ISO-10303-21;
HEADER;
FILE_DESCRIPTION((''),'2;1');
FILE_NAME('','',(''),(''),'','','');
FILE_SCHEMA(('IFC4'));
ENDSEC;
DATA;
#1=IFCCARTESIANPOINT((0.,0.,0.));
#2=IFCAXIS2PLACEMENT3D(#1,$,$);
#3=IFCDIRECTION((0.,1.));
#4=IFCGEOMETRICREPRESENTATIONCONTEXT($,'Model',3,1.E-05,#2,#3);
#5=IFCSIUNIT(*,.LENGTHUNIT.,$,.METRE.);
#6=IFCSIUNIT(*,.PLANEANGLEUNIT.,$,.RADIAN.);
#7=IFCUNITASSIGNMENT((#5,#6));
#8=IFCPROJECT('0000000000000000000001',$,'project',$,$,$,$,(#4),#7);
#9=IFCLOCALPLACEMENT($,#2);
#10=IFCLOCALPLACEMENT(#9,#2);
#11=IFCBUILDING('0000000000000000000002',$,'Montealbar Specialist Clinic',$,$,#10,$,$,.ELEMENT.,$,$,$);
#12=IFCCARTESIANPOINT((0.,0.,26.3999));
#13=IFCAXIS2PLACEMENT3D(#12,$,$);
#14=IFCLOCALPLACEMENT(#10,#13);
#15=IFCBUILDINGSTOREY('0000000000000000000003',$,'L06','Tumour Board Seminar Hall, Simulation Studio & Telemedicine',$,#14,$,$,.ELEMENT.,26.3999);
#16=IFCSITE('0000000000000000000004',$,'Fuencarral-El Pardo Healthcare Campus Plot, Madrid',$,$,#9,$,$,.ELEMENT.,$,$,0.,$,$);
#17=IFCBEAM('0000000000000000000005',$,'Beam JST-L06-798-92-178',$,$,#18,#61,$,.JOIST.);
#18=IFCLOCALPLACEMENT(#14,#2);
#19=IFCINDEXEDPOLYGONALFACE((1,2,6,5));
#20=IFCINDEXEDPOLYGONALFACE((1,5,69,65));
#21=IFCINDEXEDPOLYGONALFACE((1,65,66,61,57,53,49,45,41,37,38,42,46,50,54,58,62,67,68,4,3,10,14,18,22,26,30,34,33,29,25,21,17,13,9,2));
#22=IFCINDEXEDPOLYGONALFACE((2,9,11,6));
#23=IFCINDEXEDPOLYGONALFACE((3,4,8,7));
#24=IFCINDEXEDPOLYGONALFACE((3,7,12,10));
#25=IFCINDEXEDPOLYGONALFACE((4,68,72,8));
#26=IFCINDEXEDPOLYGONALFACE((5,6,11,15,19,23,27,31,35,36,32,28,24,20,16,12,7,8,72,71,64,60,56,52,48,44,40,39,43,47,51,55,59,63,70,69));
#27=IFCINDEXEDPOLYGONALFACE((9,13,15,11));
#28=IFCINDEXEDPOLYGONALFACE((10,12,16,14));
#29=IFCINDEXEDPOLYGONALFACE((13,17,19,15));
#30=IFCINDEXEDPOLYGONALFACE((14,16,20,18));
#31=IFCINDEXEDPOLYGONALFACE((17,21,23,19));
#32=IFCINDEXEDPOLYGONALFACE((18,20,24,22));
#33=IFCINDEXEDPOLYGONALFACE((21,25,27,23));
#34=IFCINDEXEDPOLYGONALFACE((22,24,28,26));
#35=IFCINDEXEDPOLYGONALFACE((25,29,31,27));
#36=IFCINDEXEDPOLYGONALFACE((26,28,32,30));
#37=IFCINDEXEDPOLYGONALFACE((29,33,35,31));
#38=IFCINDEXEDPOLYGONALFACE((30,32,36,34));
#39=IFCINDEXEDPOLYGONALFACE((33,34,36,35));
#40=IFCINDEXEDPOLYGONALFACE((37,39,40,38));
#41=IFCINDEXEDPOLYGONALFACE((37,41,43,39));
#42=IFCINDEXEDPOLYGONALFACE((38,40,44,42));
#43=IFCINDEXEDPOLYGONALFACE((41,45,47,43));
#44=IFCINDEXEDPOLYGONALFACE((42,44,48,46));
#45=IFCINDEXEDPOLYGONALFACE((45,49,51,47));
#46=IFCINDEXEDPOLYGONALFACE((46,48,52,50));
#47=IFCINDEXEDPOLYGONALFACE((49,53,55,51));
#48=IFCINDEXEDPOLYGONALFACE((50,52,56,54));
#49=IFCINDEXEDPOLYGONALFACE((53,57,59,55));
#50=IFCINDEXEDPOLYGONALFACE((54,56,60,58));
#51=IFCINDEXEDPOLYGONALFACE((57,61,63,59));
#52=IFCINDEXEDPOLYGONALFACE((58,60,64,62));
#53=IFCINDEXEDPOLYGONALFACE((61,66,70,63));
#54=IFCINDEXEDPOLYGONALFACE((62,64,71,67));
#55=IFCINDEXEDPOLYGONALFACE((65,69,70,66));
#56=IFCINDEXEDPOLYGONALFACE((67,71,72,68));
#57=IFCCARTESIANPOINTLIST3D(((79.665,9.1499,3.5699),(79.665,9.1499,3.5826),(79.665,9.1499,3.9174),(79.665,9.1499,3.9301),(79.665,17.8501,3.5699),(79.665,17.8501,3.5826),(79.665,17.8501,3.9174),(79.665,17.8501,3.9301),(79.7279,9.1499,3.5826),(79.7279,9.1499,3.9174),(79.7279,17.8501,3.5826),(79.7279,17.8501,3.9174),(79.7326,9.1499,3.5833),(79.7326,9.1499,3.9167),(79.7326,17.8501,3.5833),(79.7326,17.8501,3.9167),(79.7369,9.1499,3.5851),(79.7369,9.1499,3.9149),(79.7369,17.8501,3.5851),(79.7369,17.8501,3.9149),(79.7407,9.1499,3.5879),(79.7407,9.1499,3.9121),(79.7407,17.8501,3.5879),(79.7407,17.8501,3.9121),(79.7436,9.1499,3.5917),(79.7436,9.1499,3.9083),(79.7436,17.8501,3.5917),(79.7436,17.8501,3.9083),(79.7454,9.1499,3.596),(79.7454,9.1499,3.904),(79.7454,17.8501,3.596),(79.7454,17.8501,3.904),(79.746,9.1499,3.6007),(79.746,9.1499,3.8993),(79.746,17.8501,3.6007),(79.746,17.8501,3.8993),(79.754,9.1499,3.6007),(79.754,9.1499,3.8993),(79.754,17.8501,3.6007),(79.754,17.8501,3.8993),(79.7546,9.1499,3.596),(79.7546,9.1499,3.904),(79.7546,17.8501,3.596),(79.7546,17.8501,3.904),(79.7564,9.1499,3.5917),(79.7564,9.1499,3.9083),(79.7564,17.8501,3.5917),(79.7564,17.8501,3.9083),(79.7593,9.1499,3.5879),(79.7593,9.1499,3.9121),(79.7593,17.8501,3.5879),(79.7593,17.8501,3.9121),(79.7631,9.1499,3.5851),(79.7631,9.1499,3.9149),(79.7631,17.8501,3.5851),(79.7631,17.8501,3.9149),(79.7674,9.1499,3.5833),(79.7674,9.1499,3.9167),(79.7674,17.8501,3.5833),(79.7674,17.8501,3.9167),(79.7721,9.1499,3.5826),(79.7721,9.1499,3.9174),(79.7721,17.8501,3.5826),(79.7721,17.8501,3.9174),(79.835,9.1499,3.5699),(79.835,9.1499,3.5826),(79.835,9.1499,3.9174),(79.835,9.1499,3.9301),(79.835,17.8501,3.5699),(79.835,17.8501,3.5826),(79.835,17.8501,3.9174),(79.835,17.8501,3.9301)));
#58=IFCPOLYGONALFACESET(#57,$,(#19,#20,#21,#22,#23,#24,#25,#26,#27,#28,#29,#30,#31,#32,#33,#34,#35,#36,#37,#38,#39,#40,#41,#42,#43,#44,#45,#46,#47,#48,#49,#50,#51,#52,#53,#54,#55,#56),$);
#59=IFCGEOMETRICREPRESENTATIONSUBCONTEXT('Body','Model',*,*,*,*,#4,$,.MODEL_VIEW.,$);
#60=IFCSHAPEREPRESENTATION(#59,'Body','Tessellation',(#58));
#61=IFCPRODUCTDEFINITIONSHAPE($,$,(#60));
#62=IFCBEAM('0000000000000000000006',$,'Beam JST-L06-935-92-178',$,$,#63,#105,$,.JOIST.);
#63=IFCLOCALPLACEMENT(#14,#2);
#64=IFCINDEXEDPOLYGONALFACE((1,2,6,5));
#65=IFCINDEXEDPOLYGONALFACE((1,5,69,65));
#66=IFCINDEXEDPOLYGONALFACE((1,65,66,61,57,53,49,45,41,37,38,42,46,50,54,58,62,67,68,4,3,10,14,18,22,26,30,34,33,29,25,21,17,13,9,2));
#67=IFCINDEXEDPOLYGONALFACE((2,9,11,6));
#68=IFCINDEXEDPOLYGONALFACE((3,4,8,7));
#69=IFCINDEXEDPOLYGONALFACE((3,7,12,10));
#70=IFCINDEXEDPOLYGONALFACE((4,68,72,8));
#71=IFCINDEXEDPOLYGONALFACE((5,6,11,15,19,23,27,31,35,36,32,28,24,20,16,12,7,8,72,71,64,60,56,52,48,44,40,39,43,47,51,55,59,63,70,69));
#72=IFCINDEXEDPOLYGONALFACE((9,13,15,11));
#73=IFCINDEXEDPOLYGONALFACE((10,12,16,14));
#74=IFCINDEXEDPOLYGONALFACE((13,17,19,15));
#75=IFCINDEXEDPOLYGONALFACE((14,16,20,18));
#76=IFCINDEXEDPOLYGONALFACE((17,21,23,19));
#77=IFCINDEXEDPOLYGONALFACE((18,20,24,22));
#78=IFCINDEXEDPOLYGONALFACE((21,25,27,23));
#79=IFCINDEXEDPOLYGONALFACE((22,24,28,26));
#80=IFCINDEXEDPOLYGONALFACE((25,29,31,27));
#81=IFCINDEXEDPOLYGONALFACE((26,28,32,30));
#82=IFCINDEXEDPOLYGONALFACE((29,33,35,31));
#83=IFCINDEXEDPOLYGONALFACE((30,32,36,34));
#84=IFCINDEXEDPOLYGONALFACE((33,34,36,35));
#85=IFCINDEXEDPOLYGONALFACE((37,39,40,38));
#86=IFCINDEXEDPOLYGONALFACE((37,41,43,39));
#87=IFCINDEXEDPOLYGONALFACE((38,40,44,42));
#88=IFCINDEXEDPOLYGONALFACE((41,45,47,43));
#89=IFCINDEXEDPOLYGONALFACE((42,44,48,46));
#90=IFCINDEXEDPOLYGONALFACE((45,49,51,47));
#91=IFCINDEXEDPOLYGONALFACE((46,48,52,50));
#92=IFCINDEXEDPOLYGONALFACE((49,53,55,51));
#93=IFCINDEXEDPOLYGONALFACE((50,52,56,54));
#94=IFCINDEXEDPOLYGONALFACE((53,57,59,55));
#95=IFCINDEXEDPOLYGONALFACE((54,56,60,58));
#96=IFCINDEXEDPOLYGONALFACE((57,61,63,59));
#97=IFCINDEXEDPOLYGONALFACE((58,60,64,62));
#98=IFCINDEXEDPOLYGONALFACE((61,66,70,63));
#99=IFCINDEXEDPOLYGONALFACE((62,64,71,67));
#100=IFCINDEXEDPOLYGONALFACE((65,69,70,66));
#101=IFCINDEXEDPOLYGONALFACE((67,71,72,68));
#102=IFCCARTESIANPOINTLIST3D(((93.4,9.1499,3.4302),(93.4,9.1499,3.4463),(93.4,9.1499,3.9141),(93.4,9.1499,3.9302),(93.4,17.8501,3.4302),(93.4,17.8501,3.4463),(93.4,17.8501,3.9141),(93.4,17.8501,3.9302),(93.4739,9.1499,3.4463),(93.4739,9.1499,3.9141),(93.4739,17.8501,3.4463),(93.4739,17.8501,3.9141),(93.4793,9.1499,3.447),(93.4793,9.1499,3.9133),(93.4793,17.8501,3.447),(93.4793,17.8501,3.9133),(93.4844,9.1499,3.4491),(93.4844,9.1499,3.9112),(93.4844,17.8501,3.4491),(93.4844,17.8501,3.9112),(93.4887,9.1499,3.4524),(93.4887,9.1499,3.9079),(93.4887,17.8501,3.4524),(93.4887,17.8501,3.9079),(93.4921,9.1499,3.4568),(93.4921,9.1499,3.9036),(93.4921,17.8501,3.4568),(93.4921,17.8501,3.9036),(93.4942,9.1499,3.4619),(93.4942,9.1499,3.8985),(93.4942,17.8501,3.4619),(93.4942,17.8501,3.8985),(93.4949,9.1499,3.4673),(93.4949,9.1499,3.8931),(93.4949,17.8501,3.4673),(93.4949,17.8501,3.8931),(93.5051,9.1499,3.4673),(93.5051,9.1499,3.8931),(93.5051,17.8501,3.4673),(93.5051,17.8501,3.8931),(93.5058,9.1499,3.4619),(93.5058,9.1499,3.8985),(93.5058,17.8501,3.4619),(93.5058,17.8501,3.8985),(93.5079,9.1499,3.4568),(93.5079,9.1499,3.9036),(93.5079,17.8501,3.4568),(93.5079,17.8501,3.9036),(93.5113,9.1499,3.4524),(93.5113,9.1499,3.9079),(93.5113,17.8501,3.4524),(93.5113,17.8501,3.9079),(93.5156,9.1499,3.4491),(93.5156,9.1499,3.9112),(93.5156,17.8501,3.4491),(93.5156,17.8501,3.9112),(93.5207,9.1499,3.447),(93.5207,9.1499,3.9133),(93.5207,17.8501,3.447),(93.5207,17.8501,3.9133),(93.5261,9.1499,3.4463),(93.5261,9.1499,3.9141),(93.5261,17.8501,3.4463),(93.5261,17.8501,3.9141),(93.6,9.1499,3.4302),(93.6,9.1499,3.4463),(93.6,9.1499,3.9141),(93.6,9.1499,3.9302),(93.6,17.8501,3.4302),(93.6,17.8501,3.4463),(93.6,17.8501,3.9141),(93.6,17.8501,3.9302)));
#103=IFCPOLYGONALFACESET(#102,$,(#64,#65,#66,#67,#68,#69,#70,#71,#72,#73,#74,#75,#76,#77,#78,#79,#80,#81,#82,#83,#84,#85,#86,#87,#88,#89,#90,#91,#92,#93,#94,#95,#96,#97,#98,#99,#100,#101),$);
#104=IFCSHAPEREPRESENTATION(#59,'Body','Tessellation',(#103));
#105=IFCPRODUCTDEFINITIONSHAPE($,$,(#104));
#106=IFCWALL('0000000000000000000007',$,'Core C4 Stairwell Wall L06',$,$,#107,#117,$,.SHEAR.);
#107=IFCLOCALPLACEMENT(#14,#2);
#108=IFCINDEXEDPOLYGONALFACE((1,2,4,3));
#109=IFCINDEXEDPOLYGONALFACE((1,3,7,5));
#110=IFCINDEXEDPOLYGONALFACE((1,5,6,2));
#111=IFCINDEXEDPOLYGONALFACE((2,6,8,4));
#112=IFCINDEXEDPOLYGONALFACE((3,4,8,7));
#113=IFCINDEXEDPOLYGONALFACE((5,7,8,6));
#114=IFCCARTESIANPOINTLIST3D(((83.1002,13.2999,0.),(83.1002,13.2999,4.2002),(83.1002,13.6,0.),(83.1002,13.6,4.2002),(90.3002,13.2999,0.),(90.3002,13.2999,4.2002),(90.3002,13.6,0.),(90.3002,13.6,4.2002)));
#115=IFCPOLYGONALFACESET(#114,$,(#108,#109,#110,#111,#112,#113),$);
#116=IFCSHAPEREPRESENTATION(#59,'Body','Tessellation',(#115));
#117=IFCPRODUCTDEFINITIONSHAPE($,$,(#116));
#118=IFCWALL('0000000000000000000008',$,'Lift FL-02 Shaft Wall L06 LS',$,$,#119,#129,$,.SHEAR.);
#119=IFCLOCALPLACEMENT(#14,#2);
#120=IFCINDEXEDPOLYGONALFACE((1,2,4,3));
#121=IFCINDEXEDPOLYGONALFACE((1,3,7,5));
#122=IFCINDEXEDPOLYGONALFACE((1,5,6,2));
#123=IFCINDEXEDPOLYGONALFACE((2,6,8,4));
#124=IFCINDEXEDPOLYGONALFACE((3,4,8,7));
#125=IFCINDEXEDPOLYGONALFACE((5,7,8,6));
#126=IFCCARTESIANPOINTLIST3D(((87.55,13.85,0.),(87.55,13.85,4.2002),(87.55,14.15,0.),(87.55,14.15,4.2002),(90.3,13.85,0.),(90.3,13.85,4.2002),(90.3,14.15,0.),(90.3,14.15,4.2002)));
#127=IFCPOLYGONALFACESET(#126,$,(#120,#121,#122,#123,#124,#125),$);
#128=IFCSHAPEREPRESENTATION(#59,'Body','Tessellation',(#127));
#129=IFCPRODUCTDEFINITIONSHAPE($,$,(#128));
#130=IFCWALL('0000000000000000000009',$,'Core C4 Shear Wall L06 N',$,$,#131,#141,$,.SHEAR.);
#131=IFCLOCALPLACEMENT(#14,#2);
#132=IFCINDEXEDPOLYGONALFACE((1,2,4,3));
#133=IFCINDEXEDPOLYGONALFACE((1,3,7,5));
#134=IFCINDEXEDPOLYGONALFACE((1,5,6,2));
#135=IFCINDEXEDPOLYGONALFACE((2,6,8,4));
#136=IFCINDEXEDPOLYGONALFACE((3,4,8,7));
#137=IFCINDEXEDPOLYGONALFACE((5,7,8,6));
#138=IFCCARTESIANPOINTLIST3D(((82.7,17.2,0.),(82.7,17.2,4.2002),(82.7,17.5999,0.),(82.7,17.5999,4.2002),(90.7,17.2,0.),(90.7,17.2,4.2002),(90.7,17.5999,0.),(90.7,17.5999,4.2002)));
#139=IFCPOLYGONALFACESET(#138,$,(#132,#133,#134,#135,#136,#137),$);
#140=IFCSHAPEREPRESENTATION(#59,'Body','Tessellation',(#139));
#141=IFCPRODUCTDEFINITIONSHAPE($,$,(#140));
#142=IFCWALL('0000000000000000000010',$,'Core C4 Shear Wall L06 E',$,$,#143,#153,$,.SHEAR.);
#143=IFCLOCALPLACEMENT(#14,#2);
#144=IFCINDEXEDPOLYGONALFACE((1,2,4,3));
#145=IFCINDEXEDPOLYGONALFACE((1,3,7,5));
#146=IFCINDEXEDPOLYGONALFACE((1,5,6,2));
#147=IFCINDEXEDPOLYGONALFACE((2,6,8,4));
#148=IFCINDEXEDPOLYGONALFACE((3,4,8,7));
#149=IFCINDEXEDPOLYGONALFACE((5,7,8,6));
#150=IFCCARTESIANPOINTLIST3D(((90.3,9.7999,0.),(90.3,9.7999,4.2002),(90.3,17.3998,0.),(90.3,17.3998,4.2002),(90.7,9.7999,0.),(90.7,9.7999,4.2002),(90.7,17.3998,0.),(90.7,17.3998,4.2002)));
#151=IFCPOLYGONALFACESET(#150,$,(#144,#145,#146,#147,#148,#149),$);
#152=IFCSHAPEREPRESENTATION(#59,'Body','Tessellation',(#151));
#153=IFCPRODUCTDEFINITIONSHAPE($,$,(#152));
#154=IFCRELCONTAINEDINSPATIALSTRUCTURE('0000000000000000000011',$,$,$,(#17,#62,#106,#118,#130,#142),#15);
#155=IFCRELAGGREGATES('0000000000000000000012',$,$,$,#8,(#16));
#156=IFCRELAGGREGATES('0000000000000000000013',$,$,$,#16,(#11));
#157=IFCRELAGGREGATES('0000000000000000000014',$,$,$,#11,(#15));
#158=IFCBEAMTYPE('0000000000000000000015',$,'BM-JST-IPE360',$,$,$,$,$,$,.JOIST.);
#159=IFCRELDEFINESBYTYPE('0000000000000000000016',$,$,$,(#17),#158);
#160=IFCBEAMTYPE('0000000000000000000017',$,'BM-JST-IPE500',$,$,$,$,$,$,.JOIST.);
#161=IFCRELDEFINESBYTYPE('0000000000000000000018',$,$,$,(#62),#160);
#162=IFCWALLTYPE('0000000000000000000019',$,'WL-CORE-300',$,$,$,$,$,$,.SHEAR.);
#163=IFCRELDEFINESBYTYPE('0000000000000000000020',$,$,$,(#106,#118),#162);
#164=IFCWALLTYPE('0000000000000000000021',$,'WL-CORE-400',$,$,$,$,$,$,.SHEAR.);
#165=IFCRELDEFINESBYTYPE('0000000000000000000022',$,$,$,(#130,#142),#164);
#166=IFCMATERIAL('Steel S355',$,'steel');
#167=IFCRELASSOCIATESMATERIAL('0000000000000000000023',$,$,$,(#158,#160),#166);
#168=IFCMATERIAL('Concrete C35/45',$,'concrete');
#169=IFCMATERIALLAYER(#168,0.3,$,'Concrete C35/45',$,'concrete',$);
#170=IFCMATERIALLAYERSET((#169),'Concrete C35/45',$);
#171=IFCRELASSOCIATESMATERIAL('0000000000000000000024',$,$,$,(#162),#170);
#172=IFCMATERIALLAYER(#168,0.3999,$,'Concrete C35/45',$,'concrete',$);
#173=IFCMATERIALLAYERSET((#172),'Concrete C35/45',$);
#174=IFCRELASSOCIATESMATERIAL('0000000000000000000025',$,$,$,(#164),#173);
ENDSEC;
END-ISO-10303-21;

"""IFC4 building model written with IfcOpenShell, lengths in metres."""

from ifc_helpers import new_model, si_unit, direction, frame, frame_2d, origin, origin_2d, place, context, subcontext, project, spatial, rectangle, i_section, extrude, material, layer, layer_set, material_profile, profile_set, type_object, element, save


model = new_model("IFC4")

# Units and contexts
model_context = context("Model", 3, precision=1e-05, world=origin(), true_north=direction((0.0, 1.0)))
body_context = subcontext(model_context, "Body", "Model", "MODEL_VIEW")
ifc_project = project(units=[si_unit("LENGTHUNIT", "METRE"), si_unit("PLANEANGLEUNIT", "RADIAN")], contexts=[model_context])

# Site, building, storey
site_placement = place(None, origin())
site = spatial("IfcSite", under=ifc_project, at=site_placement, Name="Fuencarral-El Pardo Healthcare Campus Plot, Madrid", CompositionType="ELEMENT", RefElevation=0.0)
building_placement = place(site_placement, origin())
building = spatial("IfcBuilding", under=site, at=building_placement, Name="Montealbar Specialist Clinic", CompositionType="ELEMENT")
storey_placement = place(building_placement, frame((0.0, 0.0, 26.3999)))
storey = spatial("IfcBuildingStorey", under=building, at=storey_placement, Name="L06", Description="Tumour Board Seminar Hall, Simulation Studio & Telemedicine", CompositionType="ELEMENT", Elevation=26.3999)

# Shared definitions
ifc_material_1 = material(Name="Steel S355", Category="steel")

# Beams
ifc_material_profile_1 = material_profile(ifc_material_1, i_section(OverallWidth=0.1699, OverallDepth=0.3601, WebThickness=0.0081, FlangeThickness=0.0127, FilletRadius=0.0181, at=origin_2d()), Name="IPE 360", Category="steel")
ifc_profile_set_1 = profile_set([ifc_material_profile_1], Name="Steel S355")
beam_type_1 = type_object("IfcBeamType", Name="BM-JST-IPE360", PredefinedType="JOIST", material=ifc_profile_set_1)
beam_1_placement = place(storey_placement, frame((79.75, 9.1499, 3.75), z_axis=(0.0, 1.0, 0.0), x_axis=(-1.0, 0.0, 0.0)))
element("IfcBeam", 1, at=beam_1_placement, inside=storey, type_object=beam_type_1, Name="Beam JST-L06-798-92-178", PredefinedType="JOIST", context=body_context, shape_type="SweptSolid", body=[
    extrude(i_section(OverallWidth=0.1699, OverallDepth=0.3601, WebThickness=0.0081, FlangeThickness=0.0127, FilletRadius=0.0181, at=origin_2d()), origin(), (0.0, 0.0, 1.0), 8.7002),
])
ifc_material_profile_2 = material_profile(ifc_material_1, i_section(OverallWidth=0.2, OverallDepth=0.5, WebThickness=0.0103, FlangeThickness=0.0161, FilletRadius=0.021, at=origin_2d()), Name="IPE 500", Category="steel")
ifc_profile_set_2 = profile_set([ifc_material_profile_2], Name="Steel S355")
beam_type_2 = type_object("IfcBeamType", Name="BM-JST-IPE500", PredefinedType="JOIST", material=ifc_profile_set_2)
beam_2_placement = place(storey_placement, frame((93.5, 9.1499, 3.6802), z_axis=(0.0, 1.0, 0.0), x_axis=(-1.0, 0.0, 0.0)))
element("IfcBeam", 2, at=beam_2_placement, inside=storey, type_object=beam_type_2, Name="Beam JST-L06-935-92-178", PredefinedType="JOIST", context=body_context, shape_type="SweptSolid", body=[
    extrude(i_section(OverallWidth=0.2, OverallDepth=0.5, WebThickness=0.0103, FlangeThickness=0.0161, FilletRadius=0.021, at=origin_2d()), origin(), (0.0, 0.0, 1.0), 8.7002),
])

# Walls
ifc_material_2 = material(Name="Concrete C35/45", Category="concrete")
ifc_layer_1 = layer(ifc_material_2, 0.3, Name="Concrete C35/45", Category="concrete")
ifc_layer_set_1 = layer_set([ifc_layer_1], Name="Concrete C35/45")
wall_type_1 = type_object("IfcWallType", Name="WL-CORE-300", PredefinedType="SHEAR", material=ifc_layer_set_1)
wall_1_placement = place(storey_placement, frame((83.1001, 13.45, 0.0), z_axis=(0.0, 0.0, 1.0), x_axis=(1.0, 0.0, 0.0)))
element("IfcWall", 3, at=wall_1_placement, inside=storey, type_object=wall_type_1, Name="Core C4 Stairwell Wall L06", PredefinedType="SHEAR", context=body_context, shape_type="SweptSolid", body=[
    extrude(rectangle(XDim=7.2, YDim=0.3, at=frame_2d((3.6001, 0.0))), origin(), (0.0, 0.0, 1.0), 4.2002),
])
wall_2_placement = place(storey_placement, frame((87.55, 14.0, 0.0), z_axis=(0.0, 0.0, 1.0), x_axis=(1.0, 0.0, 0.0)))
element("IfcWall", 4, at=wall_2_placement, inside=storey, type_object=wall_type_1, Name="Lift FL-02 Shaft Wall L06 LS", PredefinedType="SHEAR", context=body_context, shape_type="SweptSolid", body=[
    extrude(rectangle(XDim=2.75, YDim=0.3, at=frame_2d((1.375, 0.0))), origin(), (0.0, 0.0, 1.0), 4.2002),
])

# Shared definitions
ifc_layer_2 = layer(ifc_material_2, 0.3999, Name="Concrete C35/45", Category="concrete")
ifc_layer_set_2 = layer_set([ifc_layer_2], Name="Concrete C35/45")
wall_type_2 = type_object("IfcWallType", Name="WL-CORE-400", PredefinedType="SHEAR", material=ifc_layer_set_2)

# Wall
wall_3_placement = place(storey_placement, frame((82.7, 17.3999, 0.0), z_axis=(0.0, 0.0, 1.0), x_axis=(1.0, 0.0, 0.0)))
element("IfcWall", 5, at=wall_3_placement, inside=storey, type_object=wall_type_2, Name="Core C4 Shear Wall L06 N", PredefinedType="SHEAR", context=body_context, shape_type="SweptSolid", body=[
    extrude(rectangle(XDim=8.0, YDim=0.3999, at=frame_2d((4.0, 0.0))), origin(), (0.0, 0.0, 1.0), 4.2002),
])

# Wall
wall_4_placement = place(storey_placement, frame((90.5, 9.8, 0.0), z_axis=(0.0, 0.0, 1.0), x_axis=(0.0, 1.0, 0.0)))
element("IfcWall", 6, at=wall_4_placement, inside=storey, type_object=wall_type_2, Name="Core C4 Shear Wall L06 E", PredefinedType="SHEAR", context=body_context, shape_type="SweptSolid", body=[
    extrude(rectangle(XDim=7.5999, YDim=0.3999, at=frame_2d((3.7998, 0.0))), origin(), (0.0, 0.0, 1.0), 4.2002),
])

save(model, "model.ifc")
